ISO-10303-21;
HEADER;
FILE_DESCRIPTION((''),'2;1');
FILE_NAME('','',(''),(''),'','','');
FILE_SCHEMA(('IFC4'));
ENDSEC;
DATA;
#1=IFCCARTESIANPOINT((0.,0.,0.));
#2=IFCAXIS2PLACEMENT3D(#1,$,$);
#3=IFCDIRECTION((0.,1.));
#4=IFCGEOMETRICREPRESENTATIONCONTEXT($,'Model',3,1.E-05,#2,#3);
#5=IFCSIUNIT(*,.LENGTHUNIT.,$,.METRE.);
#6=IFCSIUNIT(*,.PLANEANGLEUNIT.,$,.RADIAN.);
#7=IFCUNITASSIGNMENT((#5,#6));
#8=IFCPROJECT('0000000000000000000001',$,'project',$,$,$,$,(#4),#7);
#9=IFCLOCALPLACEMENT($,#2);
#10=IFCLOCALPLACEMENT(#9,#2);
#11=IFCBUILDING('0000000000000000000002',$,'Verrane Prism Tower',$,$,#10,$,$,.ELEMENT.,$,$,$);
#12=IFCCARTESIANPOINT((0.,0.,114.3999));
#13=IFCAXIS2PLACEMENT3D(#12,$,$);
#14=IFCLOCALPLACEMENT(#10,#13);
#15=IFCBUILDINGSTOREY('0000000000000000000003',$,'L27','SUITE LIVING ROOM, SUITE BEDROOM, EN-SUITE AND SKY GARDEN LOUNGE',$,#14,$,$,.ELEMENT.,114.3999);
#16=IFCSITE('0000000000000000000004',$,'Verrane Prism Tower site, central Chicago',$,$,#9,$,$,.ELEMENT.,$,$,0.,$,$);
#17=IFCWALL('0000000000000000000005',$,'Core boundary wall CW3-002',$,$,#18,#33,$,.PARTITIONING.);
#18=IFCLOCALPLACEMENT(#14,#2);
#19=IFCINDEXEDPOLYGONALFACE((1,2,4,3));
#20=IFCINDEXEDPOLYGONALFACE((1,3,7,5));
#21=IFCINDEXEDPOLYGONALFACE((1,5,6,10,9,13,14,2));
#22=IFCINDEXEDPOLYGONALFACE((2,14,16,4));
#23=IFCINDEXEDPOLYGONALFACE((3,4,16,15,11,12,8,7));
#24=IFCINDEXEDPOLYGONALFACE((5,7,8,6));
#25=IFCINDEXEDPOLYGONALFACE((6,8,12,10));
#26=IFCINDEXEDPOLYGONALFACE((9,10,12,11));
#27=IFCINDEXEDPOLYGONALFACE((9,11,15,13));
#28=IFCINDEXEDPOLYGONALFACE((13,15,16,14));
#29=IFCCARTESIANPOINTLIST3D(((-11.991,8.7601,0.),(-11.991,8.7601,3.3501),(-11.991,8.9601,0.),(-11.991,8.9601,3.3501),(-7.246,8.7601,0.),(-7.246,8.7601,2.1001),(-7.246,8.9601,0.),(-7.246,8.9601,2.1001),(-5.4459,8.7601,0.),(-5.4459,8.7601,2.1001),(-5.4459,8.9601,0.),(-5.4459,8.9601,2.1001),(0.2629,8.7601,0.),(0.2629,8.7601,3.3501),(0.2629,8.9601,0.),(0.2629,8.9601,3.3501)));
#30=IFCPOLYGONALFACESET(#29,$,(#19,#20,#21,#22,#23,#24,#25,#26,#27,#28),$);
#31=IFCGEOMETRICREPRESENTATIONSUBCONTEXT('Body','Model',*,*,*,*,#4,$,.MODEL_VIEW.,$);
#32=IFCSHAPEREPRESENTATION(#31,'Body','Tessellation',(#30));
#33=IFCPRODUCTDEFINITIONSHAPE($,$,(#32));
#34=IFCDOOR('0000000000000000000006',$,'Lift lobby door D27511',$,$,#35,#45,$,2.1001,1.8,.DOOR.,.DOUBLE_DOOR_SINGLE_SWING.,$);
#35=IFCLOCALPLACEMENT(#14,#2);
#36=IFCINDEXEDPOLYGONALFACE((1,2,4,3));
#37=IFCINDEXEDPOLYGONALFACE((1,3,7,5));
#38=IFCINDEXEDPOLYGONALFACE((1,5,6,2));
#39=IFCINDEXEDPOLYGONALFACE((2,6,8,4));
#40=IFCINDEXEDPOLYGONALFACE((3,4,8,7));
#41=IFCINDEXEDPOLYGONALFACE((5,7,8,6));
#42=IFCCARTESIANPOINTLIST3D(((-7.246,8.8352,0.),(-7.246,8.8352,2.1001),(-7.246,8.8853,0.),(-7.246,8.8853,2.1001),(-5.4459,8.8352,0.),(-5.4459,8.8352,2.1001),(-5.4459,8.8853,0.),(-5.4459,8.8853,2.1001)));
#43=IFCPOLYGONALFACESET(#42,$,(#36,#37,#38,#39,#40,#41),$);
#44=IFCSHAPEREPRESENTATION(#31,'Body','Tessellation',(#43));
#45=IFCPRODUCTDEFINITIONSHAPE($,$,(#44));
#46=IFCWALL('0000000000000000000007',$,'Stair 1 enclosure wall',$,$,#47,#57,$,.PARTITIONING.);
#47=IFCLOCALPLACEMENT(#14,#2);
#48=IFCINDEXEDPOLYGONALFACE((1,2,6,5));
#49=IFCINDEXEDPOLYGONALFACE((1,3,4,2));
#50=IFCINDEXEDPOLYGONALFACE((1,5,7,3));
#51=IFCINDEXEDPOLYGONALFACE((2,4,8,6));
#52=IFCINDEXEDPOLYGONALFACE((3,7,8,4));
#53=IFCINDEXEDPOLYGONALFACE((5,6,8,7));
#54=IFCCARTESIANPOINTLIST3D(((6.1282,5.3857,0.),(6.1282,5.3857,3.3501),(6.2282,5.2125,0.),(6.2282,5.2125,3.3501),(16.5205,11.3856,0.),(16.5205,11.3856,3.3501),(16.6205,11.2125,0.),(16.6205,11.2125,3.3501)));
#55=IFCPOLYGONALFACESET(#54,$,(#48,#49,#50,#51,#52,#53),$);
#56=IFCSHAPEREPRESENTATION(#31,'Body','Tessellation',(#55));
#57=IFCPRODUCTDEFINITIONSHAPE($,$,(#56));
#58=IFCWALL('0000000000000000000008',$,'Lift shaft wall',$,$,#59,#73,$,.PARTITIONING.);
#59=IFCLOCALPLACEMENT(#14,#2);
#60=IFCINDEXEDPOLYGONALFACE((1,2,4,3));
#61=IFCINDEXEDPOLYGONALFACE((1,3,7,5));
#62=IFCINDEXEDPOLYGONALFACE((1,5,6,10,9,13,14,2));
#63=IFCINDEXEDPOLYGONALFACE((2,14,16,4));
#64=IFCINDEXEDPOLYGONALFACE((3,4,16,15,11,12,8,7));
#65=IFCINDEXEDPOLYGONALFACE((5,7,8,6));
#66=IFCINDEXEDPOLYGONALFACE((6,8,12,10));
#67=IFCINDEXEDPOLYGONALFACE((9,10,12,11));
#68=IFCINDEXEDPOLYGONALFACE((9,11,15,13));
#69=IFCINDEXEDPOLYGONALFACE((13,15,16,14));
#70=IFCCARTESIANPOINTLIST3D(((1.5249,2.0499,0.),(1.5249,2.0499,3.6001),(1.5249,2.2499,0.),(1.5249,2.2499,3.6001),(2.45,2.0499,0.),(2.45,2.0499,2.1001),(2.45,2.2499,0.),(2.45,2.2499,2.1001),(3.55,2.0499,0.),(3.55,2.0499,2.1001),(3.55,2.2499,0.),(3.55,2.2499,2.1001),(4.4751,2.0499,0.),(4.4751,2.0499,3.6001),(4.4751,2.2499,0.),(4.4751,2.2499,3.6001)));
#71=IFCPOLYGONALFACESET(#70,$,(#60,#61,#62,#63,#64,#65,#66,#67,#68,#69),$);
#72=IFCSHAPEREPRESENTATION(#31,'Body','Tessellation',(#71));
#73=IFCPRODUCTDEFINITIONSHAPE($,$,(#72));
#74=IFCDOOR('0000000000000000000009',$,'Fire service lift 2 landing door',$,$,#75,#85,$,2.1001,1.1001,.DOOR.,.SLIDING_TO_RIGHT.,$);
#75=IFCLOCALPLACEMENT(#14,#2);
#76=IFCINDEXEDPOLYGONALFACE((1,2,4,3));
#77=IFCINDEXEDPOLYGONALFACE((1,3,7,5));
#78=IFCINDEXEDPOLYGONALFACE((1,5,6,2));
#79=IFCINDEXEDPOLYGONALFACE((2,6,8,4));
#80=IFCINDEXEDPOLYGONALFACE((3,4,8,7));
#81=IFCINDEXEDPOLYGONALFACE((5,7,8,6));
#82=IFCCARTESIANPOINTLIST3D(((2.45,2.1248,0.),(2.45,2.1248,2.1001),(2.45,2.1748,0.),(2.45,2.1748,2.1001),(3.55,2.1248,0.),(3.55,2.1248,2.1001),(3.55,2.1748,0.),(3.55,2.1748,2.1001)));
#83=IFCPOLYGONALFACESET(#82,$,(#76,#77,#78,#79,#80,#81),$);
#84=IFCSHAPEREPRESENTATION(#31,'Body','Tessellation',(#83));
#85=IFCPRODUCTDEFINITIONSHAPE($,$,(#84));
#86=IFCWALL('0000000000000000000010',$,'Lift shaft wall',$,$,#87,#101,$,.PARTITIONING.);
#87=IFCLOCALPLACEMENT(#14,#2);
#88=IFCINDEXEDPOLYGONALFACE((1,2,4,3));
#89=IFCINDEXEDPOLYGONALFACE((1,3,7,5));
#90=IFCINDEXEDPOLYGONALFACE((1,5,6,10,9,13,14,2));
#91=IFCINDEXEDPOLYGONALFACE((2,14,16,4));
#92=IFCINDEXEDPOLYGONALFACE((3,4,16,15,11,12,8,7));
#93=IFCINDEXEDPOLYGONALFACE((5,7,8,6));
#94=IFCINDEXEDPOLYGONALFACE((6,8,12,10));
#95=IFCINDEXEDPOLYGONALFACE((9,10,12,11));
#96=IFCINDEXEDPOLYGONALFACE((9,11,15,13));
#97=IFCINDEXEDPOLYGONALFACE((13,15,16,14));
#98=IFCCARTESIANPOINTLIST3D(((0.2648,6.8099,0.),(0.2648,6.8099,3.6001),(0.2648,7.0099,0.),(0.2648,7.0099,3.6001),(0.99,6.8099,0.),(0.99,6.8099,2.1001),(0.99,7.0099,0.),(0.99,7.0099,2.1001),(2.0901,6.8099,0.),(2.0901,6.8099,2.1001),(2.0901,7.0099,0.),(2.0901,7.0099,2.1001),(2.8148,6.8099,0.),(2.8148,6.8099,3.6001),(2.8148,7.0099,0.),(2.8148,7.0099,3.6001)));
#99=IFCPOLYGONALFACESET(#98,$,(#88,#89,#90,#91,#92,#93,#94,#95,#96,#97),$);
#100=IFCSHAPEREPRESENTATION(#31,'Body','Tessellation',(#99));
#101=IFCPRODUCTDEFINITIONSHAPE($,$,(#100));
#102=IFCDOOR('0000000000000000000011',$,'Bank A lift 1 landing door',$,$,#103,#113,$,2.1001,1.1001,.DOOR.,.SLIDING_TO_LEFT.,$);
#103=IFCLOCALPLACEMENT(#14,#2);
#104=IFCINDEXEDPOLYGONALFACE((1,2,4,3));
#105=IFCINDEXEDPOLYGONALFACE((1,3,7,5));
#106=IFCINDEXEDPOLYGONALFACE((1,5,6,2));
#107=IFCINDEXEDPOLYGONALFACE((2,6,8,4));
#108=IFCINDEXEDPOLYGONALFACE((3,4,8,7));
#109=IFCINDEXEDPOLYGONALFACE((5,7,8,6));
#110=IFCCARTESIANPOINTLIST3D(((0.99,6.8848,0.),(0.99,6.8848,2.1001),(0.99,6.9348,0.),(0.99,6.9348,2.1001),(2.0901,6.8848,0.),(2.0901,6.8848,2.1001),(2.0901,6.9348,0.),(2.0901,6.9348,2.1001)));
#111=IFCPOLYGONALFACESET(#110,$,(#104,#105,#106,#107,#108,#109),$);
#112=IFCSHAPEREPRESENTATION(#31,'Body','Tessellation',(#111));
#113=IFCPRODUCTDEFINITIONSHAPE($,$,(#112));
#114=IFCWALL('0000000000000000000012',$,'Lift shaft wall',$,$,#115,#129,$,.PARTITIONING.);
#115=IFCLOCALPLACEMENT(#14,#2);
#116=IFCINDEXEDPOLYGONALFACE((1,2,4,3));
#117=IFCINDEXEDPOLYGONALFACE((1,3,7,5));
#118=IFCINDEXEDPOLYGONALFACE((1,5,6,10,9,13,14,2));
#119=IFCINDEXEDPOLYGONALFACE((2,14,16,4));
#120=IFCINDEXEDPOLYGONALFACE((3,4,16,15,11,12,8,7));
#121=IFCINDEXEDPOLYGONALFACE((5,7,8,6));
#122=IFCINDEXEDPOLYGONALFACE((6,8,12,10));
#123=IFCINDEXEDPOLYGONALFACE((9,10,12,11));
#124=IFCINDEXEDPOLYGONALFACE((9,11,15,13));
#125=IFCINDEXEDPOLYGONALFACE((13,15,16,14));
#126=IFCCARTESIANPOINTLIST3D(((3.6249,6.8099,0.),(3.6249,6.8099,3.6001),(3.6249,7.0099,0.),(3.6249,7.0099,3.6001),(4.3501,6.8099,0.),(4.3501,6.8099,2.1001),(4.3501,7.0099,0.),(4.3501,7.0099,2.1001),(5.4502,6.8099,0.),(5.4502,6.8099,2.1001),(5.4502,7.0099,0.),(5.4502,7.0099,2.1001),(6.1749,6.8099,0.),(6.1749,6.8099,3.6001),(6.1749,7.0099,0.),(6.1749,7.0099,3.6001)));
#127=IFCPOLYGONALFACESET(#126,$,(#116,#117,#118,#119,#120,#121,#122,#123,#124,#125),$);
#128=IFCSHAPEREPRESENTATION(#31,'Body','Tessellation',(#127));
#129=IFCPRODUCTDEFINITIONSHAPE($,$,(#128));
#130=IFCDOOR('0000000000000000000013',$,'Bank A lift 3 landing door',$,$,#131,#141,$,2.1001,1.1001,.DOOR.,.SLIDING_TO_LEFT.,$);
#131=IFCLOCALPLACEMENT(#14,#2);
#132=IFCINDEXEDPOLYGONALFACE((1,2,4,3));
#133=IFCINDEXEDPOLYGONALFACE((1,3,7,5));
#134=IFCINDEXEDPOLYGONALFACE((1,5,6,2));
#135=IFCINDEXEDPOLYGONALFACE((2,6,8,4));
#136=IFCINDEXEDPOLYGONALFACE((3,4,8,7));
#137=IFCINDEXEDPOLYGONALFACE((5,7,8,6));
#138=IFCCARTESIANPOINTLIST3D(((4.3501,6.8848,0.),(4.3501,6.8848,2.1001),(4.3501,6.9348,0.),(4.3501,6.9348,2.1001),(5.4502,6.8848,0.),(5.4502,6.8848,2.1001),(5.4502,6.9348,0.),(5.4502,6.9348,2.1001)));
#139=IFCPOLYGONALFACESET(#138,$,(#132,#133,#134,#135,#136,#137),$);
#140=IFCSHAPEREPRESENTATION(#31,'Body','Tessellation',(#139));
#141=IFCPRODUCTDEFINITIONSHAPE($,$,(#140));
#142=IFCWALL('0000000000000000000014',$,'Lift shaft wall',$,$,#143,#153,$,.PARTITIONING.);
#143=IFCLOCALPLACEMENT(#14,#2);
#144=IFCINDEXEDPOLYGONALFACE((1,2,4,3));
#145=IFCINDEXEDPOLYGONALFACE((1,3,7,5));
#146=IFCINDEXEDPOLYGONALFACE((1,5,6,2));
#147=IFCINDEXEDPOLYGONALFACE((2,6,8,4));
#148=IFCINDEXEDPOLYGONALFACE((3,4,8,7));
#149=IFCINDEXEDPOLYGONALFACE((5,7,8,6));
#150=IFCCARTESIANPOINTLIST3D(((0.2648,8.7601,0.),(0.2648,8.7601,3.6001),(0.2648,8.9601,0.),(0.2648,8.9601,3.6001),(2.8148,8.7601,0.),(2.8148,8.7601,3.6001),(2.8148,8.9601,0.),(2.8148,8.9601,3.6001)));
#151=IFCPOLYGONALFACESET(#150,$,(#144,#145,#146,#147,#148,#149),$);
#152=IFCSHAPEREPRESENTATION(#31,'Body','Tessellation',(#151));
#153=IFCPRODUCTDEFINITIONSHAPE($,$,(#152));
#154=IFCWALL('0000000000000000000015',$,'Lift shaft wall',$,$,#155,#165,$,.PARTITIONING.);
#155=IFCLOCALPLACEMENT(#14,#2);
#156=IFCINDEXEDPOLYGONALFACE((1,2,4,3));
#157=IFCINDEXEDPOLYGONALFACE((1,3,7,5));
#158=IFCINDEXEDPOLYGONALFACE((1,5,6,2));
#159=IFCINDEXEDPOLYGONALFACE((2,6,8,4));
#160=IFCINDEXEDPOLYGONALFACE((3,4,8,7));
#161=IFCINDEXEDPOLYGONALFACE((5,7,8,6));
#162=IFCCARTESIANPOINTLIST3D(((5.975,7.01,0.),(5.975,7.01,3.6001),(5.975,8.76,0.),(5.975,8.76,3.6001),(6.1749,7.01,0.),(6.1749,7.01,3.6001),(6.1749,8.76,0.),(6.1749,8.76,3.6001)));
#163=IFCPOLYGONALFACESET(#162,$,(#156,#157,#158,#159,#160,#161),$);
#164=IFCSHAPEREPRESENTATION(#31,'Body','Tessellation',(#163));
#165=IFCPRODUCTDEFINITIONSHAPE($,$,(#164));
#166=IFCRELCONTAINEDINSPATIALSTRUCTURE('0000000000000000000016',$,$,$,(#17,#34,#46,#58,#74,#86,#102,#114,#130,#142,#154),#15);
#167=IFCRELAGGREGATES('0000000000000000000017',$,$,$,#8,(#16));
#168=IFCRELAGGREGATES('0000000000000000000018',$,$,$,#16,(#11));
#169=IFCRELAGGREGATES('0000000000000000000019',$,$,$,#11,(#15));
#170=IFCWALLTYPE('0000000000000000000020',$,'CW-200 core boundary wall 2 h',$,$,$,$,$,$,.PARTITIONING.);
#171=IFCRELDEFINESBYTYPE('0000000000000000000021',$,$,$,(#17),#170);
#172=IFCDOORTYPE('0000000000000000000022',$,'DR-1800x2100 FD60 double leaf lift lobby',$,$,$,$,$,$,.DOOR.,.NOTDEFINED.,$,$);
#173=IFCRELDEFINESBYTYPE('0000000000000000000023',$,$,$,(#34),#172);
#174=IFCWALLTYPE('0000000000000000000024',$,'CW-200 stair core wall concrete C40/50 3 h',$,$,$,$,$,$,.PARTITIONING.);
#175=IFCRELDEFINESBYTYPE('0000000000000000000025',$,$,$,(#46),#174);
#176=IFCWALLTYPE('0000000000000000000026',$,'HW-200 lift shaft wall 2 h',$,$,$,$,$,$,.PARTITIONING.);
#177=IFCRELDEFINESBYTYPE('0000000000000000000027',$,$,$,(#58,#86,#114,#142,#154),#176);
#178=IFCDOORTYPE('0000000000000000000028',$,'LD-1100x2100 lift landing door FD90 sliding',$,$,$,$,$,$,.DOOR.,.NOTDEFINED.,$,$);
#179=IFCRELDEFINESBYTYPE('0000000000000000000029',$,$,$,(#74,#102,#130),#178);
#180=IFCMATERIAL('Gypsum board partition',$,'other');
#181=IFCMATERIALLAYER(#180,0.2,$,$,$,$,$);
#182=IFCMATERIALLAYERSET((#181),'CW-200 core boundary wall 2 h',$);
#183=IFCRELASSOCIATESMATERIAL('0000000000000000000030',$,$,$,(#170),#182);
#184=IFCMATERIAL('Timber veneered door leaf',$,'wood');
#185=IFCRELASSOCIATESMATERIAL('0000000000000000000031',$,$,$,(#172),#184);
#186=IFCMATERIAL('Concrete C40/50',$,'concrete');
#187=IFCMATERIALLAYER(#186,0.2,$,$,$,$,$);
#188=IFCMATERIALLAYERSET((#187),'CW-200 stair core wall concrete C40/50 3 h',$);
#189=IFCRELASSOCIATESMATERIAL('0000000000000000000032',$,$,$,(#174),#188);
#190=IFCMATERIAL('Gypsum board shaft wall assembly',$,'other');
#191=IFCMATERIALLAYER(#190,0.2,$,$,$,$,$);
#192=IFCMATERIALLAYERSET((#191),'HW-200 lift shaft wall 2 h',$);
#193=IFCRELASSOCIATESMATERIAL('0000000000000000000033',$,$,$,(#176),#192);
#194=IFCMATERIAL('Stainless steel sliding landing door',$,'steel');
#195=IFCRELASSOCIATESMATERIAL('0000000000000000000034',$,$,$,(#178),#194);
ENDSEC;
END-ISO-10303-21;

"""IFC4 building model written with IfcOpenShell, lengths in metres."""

from ifc_helpers import new_model, si_unit, direction, frame, frame_2d, origin, place, context, subcontext, project, spatial, rectangle, extrude, material, layer, layer_set, type_object, element, fill, save


model = new_model("IFC4")

# Units and contexts
model_context = context("Model", 3, precision=1e-05, world=origin(), true_north=direction((0.0, 1.0)))
body_context = subcontext(model_context, "Body", "Model", "MODEL_VIEW")
ifc_project = project(units=[si_unit("LENGTHUNIT", "METRE"), si_unit("PLANEANGLEUNIT", "RADIAN")], contexts=[model_context])

# Site, building, storey
site_placement = place(None, origin())
site = spatial("IfcSite", under=ifc_project, at=site_placement, Name="Verrane Prism Tower site, central Chicago", CompositionType="ELEMENT", RefElevation=0.0)
building_placement = place(site_placement, origin())
building = spatial("IfcBuilding", under=site, at=building_placement, Name="Verrane Prism Tower", CompositionType="ELEMENT")
storey_placement = place(building_placement, frame((0.0, 0.0, 114.3999)))
storey = spatial("IfcBuildingStorey", under=building, at=storey_placement, Name="L27", Description="SUITE LIVING ROOM, SUITE BEDROOM, EN-SUITE AND SKY GARDEN LOUNGE", CompositionType="ELEMENT", Elevation=114.3999)

# Wall, opening, door
ifc_material_1 = material(Name="Gypsum board partition", Category="other")
ifc_layer_1 = layer(ifc_material_1, 0.2)
ifc_layer_set_1 = layer_set([ifc_layer_1], Name="CW-200 core boundary wall 2 h")
wall_type_1 = type_object("IfcWallType", Name="CW-200 core boundary wall 2 h", PredefinedType="PARTITIONING", material=ifc_layer_set_1)
wall_1_placement = place(storey_placement, frame((0.2629, 8.8601, 0.0), z_axis=(0.0, 0.0, 1.0), x_axis=(-1.0, 0.0, 0.0)))
wall_1 = element("IfcWall", 1, at=wall_1_placement, inside=storey, type_object=wall_type_1, Name="Core boundary wall CW3-002", PredefinedType="PARTITIONING", context=body_context, shape_type="SweptSolid", body=[
    extrude(rectangle(XDim=12.2539, YDim=0.2, at=frame_2d((6.127, 0.0))), origin(), (0.0, 0.0, 1.0), 3.3501),
])
opening_1_placement = place(wall_1_placement, frame((5.709, 0.0, 0.0)))
opening_1 = element("IfcOpeningElement", 2, at=opening_1_placement, cuts=wall_1, PredefinedType="OPENING", context=body_context, shape_type="SweptSolid", body=[
    extrude(rectangle(XDim=1.8, YDim=2.1001, at=frame_2d((0.8999, 1.05))), frame((0.0, 0.1099, 0.0), z_axis=(0.0, -1.0, 0.0), x_axis=(1.0, 0.0, 0.0)), (0.0, 0.0, 1.0), 0.22),
])
ifc_material_2 = material(Name="Timber veneered door leaf", Category="wood")
door_type_1 = type_object("IfcDoorType", Name="DR-1800x2100 FD60 double leaf lift lobby", OperationType="NOTDEFINED", PredefinedType="DOOR", material=ifc_material_2)
door_1_placement = place(opening_1_placement, origin())
door_1 = element("IfcDoor", 3, at=door_1_placement, inside=storey, type_object=door_type_1, Name="Lift lobby door D27511", OperationType="DOUBLE_DOOR_SINGLE_SWING", OverallHeight=2.1001, OverallWidth=1.8, PredefinedType="DOOR", context=body_context, shape_type="SweptSolid", body=[
    extrude(rectangle(XDim=1.8, YDim=2.1001, at=frame_2d((0.8999, 1.05))), frame((0.0, 0.0249, 0.0), z_axis=(0.0, -1.0, 0.0), x_axis=(1.0, 0.0, 0.0)), (0.0, 0.0, 1.0), 0.05),
])
fill(opening_1, door_1)

# Wall
ifc_material_3 = material(Name="Concrete C40/50", Category="concrete")
ifc_layer_2 = layer(ifc_material_3, 0.2)
ifc_layer_set_2 = layer_set([ifc_layer_2], Name="CW-200 stair core wall concrete C40/50 3 h")
wall_type_2 = type_object("IfcWallType", Name="CW-200 stair core wall concrete C40/50 3 h", PredefinedType="PARTITIONING", material=ifc_layer_set_2)
wall_2_placement = place(storey_placement, frame((6.1782, 5.2991, 0.0), z_axis=(0.0, 0.0, 1.0), x_axis=(0.866026, 0.499999, 0.0)))
element("IfcWall", 4, at=wall_2_placement, inside=storey, type_object=wall_type_2, Name="Stair 1 enclosure wall", PredefinedType="PARTITIONING", context=body_context, shape_type="SweptSolid", body=[
    extrude(rectangle(XDim=12.0, YDim=0.2, at=frame_2d((6.0, 0.0))), origin(), (0.0, 0.0, 1.0), 3.3501),
])

# Walls, openings, doors
ifc_material_4 = material(Name="Gypsum board shaft wall assembly", Category="other")
ifc_layer_3 = layer(ifc_material_4, 0.2)
ifc_layer_set_3 = layer_set([ifc_layer_3], Name="HW-200 lift shaft wall 2 h")
wall_type_3 = type_object("IfcWallType", Name="HW-200 lift shaft wall 2 h", PredefinedType="PARTITIONING", material=ifc_layer_set_3)
wall_3_placement = place(storey_placement, frame((1.5249, 2.1499, 0.0), z_axis=(0.0, 0.0, 1.0), x_axis=(1.0, 0.0, 0.0)))
wall_3 = element("IfcWall", 5, at=wall_3_placement, inside=storey, type_object=wall_type_3, Name="Lift shaft wall", PredefinedType="PARTITIONING", context=body_context, shape_type="SweptSolid", body=[
    extrude(rectangle(XDim=2.9502, YDim=0.2, at=frame_2d((1.4751, 0.0))), origin(), (0.0, 0.0, 1.0), 3.6001),
])
opening_2_placement = place(wall_3_placement, frame((0.925, 0.0, 0.0)))
opening_2 = element("IfcOpeningElement", 6, at=opening_2_placement, cuts=wall_3, PredefinedType="OPENING", context=body_context, shape_type="SweptSolid", body=[
    extrude(rectangle(XDim=1.1001, YDim=2.1001, at=frame_2d((0.55, 1.05))), frame((0.0, 0.1099, 0.0), z_axis=(0.0, -1.0, 0.0), x_axis=(1.0, 0.0, 0.0)), (0.0, 0.0, 1.0), 0.22),
])
ifc_material_5 = material(Name="Stainless steel sliding landing door", Category="steel")
door_type_2 = type_object("IfcDoorType", Name="LD-1100x2100 lift landing door FD90 sliding", OperationType="NOTDEFINED", PredefinedType="DOOR", material=ifc_material_5)
door_2_placement = place(opening_2_placement, origin())
door_2 = element("IfcDoor", 7, at=door_2_placement, inside=storey, type_object=door_type_2, Name="Fire service lift 2 landing door", OperationType="SLIDING_TO_RIGHT", OverallHeight=2.1001, OverallWidth=1.1001, PredefinedType="DOOR", context=body_context, shape_type="SweptSolid", body=[
    extrude(rectangle(XDim=1.1001, YDim=2.1001, at=frame_2d((0.55, 1.05))), frame((0.0, 0.0249, 0.0), z_axis=(0.0, -1.0, 0.0), x_axis=(1.0, 0.0, 0.0)), (0.0, 0.0, 1.0), 0.05),
])
fill(opening_2, door_2)
wall_4_placement = place(storey_placement, frame((0.2649, 6.9099, 0.0), z_axis=(0.0, 0.0, 1.0), x_axis=(1.0, 0.0, 0.0)))
wall_4 = element("IfcWall", 8, at=wall_4_placement, inside=storey, type_object=wall_type_3, Name="Lift shaft wall", PredefinedType="PARTITIONING", context=body_context, shape_type="SweptSolid", body=[
    extrude(rectangle(XDim=2.55, YDim=0.2, at=frame_2d((1.2749, 0.0))), origin(), (0.0, 0.0, 1.0), 3.6001),
])
opening_3_placement = place(wall_4_placement, frame((0.7251, 0.0, 0.0)))
opening_3 = element("IfcOpeningElement", 9, at=opening_3_placement, cuts=wall_4, PredefinedType="OPENING", context=body_context, shape_type="SweptSolid", body=[
    extrude(rectangle(XDim=1.1001, YDim=2.1001, at=frame_2d((0.55, 1.05))), frame((0.0, 0.1099, 0.0), z_axis=(0.0, -1.0, 0.0), x_axis=(1.0, 0.0, 0.0)), (0.0, 0.0, 1.0), 0.22),
])
door_3_placement = place(opening_3_placement, origin())
door_3 = element("IfcDoor", 10, at=door_3_placement, inside=storey, type_object=door_type_2, Name="Bank A lift 1 landing door", OperationType="SLIDING_TO_LEFT", OverallHeight=2.1001, OverallWidth=1.1001, PredefinedType="DOOR", context=body_context, shape_type="SweptSolid", body=[
    extrude(rectangle(XDim=1.1001, YDim=2.1001, at=frame_2d((0.55, 1.05))), frame((0.0, 0.0249, 0.0), z_axis=(0.0, -1.0, 0.0), x_axis=(1.0, 0.0, 0.0)), (0.0, 0.0, 1.0), 0.05),
])
fill(opening_3, door_3)
wall_5_placement = place(storey_placement, frame((3.625, 6.9099, 0.0), z_axis=(0.0, 0.0, 1.0), x_axis=(1.0, 0.0, 0.0)))
wall_5 = element("IfcWall", 11, at=wall_5_placement, inside=storey, type_object=wall_type_3, Name="Lift shaft wall", PredefinedType="PARTITIONING", context=body_context, shape_type="SweptSolid", body=[
    extrude(rectangle(XDim=2.55, YDim=0.2, at=frame_2d((1.2749, 0.0))), origin(), (0.0, 0.0, 1.0), 3.6001),
])
opening_4_placement = place(wall_5_placement, frame((0.7251, 0.0, 0.0)))
opening_4 = element("IfcOpeningElement", 12, at=opening_4_placement, cuts=wall_5, PredefinedType="OPENING", context=body_context, shape_type="SweptSolid", body=[
    extrude(rectangle(XDim=1.1001, YDim=2.1001, at=frame_2d((0.55, 1.05))), frame((0.0, 0.1099, 0.0), z_axis=(0.0, -1.0, 0.0), x_axis=(1.0, 0.0, 0.0)), (0.0, 0.0, 1.0), 0.22),
])
door_4_placement = place(opening_4_placement, origin())
door_4 = element("IfcDoor", 13, at=door_4_placement, inside=storey, type_object=door_type_2, Name="Bank A lift 3 landing door", OperationType="SLIDING_TO_LEFT", OverallHeight=2.1001, OverallWidth=1.1001, PredefinedType="DOOR", context=body_context, shape_type="SweptSolid", body=[
    extrude(rectangle(XDim=1.1001, YDim=2.1001, at=frame_2d((0.55, 1.05))), frame((0.0, 0.0249, 0.0), z_axis=(0.0, -1.0, 0.0), x_axis=(1.0, 0.0, 0.0)), (0.0, 0.0, 1.0), 0.05),
])
fill(opening_4, door_4)

# Walls
wall_6_placement = place(storey_placement, frame((0.2649, 8.8601, 0.0), z_axis=(0.0, 0.0, 1.0), x_axis=(1.0, 0.0, 0.0)))
element("IfcWall", 14, at=wall_6_placement, inside=storey, type_object=wall_type_3, Name="Lift shaft wall", PredefinedType="PARTITIONING", context=body_context, shape_type="SweptSolid", body=[
    extrude(rectangle(XDim=2.55, YDim=0.2, at=frame_2d((1.2749, 0.0))), origin(), (0.0, 0.0, 1.0), 3.6001),
])
wall_7_placement = place(storey_placement, frame((6.075, 7.01, 0.0), z_axis=(0.0, 0.0, 1.0), x_axis=(0.0, 1.0, 0.0)))
element("IfcWall", 15, at=wall_7_placement, inside=storey, type_object=wall_type_3, Name="Lift shaft wall", PredefinedType="PARTITIONING", context=body_context, shape_type="SweptSolid", body=[
    extrude(rectangle(XDim=1.75, YDim=0.2, at=frame_2d((0.875, 0.0))), origin(), (0.0, 0.0, 1.0), 3.6001),
])

save(model, "model.ifc")
